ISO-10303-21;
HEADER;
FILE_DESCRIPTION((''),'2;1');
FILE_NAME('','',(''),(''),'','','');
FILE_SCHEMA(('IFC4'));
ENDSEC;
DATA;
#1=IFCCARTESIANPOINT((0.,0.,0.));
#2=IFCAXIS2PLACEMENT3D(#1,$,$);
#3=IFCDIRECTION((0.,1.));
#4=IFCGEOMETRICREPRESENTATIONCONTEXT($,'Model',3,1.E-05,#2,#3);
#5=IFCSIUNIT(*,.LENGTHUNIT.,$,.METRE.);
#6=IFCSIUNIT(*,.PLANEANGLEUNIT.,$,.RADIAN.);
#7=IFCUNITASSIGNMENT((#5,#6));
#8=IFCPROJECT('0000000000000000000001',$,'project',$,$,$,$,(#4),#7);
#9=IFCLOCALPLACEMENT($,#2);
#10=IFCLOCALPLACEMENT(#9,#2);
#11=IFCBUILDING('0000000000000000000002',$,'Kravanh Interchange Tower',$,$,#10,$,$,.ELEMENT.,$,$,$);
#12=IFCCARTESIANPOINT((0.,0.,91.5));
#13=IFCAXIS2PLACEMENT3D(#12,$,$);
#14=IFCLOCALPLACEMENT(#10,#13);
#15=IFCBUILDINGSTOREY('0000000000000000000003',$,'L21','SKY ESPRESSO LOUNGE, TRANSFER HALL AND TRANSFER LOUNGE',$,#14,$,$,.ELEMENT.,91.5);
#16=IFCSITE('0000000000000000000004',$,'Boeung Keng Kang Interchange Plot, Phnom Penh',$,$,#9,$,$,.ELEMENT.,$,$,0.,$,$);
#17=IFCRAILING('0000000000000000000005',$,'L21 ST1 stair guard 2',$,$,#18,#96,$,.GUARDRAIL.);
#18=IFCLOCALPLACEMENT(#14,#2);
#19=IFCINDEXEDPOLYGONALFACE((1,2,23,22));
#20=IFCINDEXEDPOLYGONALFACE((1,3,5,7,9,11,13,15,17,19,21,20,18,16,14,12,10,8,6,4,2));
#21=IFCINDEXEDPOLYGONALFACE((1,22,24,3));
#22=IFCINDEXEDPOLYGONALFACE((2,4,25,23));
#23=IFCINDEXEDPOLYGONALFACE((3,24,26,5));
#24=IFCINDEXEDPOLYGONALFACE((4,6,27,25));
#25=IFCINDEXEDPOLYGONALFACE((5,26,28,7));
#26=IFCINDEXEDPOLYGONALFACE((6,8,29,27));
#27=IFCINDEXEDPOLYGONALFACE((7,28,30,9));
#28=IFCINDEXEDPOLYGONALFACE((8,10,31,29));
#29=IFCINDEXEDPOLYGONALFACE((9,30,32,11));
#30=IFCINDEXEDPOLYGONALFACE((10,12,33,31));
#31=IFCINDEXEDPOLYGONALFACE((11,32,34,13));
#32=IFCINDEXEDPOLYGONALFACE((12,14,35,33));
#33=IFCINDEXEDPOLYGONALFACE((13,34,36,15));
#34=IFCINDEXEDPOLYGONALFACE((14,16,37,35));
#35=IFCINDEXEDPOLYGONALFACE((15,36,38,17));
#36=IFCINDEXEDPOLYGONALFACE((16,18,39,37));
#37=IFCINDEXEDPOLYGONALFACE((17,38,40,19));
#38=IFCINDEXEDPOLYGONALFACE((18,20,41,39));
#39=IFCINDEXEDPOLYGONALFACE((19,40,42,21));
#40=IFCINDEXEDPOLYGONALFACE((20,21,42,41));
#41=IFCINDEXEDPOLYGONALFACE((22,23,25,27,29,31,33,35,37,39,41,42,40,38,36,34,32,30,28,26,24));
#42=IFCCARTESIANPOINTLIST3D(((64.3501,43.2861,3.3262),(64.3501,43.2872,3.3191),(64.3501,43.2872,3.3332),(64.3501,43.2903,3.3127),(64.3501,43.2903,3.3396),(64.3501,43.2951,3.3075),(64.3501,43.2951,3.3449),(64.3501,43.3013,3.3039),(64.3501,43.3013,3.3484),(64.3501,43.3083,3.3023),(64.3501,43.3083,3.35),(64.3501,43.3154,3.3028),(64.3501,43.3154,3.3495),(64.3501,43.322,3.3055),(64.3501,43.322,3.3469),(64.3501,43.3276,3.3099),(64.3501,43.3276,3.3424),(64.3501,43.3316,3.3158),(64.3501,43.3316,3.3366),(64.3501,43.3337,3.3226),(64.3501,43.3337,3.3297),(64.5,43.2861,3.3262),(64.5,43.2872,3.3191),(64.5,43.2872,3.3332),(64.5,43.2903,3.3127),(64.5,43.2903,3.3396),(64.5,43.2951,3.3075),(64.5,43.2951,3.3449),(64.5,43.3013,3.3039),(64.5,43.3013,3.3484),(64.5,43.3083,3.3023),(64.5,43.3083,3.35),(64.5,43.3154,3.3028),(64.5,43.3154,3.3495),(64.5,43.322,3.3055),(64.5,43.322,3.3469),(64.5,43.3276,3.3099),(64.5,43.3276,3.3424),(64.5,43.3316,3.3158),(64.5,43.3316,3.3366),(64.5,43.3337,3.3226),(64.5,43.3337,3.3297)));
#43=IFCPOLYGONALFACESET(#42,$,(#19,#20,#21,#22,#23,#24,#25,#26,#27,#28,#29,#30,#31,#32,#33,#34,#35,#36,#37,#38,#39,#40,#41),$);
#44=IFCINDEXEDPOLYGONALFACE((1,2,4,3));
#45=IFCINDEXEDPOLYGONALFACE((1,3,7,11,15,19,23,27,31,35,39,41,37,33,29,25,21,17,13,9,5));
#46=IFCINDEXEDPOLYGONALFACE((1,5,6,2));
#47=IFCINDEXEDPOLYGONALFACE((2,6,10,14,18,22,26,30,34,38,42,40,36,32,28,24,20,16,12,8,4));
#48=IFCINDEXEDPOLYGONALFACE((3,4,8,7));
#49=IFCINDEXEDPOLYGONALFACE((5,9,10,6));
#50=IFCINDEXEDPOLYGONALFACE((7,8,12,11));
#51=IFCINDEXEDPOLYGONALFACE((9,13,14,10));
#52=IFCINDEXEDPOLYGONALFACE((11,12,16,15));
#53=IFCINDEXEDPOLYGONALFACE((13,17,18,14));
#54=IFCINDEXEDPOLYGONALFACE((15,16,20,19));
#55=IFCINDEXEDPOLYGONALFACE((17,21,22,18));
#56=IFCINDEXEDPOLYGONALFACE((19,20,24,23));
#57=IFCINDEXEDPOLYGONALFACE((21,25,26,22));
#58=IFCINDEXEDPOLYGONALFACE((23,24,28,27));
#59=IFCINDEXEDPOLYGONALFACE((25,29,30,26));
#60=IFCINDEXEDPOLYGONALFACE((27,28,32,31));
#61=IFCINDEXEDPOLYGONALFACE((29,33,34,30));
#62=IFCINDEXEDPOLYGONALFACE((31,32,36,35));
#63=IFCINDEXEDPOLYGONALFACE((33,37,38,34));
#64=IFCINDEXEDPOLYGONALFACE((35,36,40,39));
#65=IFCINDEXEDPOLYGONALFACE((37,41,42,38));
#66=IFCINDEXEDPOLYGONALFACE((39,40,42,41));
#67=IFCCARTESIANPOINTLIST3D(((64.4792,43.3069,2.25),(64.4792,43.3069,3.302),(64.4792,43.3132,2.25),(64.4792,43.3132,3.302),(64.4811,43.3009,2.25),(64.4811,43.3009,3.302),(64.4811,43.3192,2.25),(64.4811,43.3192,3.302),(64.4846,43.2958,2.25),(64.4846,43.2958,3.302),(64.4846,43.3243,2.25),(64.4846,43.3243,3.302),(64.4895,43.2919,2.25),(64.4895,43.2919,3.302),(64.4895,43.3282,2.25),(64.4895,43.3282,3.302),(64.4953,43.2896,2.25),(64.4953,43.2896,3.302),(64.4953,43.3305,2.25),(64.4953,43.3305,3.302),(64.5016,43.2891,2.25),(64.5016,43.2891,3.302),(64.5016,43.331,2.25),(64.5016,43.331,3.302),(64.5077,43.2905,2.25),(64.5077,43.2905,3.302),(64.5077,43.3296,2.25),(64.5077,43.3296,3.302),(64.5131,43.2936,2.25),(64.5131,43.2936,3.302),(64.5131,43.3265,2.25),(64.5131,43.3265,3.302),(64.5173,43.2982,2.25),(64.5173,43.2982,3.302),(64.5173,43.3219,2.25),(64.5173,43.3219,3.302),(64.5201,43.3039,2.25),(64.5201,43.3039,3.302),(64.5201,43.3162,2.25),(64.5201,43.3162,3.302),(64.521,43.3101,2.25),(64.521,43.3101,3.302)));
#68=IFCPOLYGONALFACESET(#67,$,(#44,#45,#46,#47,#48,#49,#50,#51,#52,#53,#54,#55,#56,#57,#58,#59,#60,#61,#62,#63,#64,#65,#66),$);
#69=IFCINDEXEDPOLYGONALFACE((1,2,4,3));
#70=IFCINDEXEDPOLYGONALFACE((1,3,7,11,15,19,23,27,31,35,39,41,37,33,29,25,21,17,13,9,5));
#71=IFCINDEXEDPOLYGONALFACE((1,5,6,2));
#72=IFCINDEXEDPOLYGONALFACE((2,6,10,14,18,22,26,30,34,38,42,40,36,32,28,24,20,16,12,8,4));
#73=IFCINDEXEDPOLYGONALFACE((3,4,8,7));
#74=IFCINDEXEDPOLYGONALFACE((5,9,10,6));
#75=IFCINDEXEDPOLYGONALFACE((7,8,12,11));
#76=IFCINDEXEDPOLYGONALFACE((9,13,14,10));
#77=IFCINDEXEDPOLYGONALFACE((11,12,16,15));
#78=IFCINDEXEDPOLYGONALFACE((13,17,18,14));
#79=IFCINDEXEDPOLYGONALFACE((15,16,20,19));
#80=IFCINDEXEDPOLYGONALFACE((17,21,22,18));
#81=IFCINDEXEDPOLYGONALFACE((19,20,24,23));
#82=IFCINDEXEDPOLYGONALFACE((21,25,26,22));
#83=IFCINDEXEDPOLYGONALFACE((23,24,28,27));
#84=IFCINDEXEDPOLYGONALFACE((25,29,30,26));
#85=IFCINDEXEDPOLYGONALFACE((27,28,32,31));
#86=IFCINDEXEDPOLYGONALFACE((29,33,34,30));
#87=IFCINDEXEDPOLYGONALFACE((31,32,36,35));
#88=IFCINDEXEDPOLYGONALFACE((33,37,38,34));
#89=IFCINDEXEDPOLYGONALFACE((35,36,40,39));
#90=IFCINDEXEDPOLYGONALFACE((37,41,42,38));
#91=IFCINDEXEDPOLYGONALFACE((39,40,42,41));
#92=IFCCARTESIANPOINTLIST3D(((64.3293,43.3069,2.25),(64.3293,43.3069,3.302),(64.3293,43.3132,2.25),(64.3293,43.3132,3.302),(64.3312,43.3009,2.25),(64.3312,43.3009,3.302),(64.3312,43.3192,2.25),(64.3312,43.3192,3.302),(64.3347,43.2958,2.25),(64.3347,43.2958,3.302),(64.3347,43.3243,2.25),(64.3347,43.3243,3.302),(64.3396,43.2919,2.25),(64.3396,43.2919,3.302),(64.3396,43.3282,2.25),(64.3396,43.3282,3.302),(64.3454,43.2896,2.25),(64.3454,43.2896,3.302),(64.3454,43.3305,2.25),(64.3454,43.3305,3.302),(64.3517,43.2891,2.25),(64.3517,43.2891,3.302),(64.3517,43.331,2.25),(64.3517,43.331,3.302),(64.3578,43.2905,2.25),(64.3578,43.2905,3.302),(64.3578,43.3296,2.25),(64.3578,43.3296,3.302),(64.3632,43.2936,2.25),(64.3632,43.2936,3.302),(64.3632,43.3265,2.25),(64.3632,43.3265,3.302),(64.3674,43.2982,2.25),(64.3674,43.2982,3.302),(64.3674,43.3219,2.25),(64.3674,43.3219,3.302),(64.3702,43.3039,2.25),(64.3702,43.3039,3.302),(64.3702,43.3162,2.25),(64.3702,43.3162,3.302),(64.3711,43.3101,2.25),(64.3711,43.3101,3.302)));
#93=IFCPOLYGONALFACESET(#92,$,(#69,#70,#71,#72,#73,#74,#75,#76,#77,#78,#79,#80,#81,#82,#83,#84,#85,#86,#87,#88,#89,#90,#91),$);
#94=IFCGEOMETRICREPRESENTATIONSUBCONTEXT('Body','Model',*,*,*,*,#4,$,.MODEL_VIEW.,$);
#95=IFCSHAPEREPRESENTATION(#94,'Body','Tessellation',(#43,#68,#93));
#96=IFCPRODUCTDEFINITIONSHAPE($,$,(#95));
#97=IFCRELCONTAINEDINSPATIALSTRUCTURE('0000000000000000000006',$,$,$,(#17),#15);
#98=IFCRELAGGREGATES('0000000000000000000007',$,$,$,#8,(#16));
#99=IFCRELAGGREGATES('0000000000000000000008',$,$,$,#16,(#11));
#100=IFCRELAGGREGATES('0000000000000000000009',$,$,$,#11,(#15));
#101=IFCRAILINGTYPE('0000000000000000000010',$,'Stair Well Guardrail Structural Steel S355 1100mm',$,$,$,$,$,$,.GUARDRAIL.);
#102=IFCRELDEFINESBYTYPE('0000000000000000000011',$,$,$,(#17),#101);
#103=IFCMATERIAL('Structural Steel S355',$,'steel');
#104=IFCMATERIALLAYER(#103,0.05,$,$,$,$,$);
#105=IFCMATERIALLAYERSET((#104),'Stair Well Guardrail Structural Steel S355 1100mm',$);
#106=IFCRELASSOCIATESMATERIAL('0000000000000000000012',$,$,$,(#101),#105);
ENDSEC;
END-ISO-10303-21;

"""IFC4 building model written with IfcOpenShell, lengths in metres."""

from ifc_helpers import new_model, si_unit, direction, frame, origin, origin_2d, place, context, subcontext, project, spatial, circle, extrude, material, layer, layer_set, type_object, element, save


model = new_model("IFC4")

# Units and contexts
model_context = context("Model", 3, precision=1e-05, world=origin(), true_north=direction((0.0, 1.0)))
body_context = subcontext(model_context, "Body", "Model", "MODEL_VIEW")
ifc_project = project(units=[si_unit("LENGTHUNIT", "METRE"), si_unit("PLANEANGLEUNIT", "RADIAN")], contexts=[model_context])

# Site, building, storey
site_placement = place(None, origin())
site = spatial("IfcSite", under=ifc_project, at=site_placement, Name="Boeung Keng Kang Interchange Plot, Phnom Penh", CompositionType="ELEMENT", RefElevation=0.0)
building_placement = place(site_placement, origin())
building = spatial("IfcBuilding", under=site, at=building_placement, Name="Kravanh Interchange Tower", CompositionType="ELEMENT")
storey_placement = place(building_placement, frame((0.0, 0.0, 91.5)))
storey = spatial("IfcBuildingStorey", under=building, at=storey_placement, Name="L21", Description="SKY ESPRESSO LOUNGE, TRANSFER HALL AND TRANSFER LOUNGE", CompositionType="ELEMENT", Elevation=91.5)

# Railing
ifc_material_1 = material(Name="Structural Steel S355", Category="steel")
ifc_layer_1 = layer(ifc_material_1, 0.05)
ifc_layer_set_1 = layer_set([ifc_layer_1], Name="Stair Well Guardrail Structural Steel S355 1100mm")
railing_type_1 = type_object("IfcRailingType", Name="Stair Well Guardrail Structural Steel S355 1100mm", PredefinedType="GUARDRAIL", material=ifc_layer_set_1)
railing_1_placement = place(storey_placement, frame((64.5, 43.3101, 2.25)))
element("IfcRailing", 1, at=railing_1_placement, inside=storey, type_object=railing_type_1, Name="L21 ST1 stair guard 2", PredefinedType="GUARDRAIL", context=body_context, shape_type="SweptSolid", body=[
    extrude(circle(Radius=0.0239, at=origin_2d()), frame((0.0, 0.0, 1.0762), z_axis=(-1.0, 0.0, 0.0), x_axis=(0.0, -1.0, 0.0)), (0.0, 0.0, 1.0), 0.1499),
    extrude(circle(Radius=0.021, at=origin_2d()), origin(), (0.0, 0.0, 1.0), 1.052),
    extrude(circle(Radius=0.021, at=origin_2d()), frame((-0.1499, 0.0, 0.0)), (0.0, 0.0, 1.0), 1.052),
])

save(model, "model.ifc")
